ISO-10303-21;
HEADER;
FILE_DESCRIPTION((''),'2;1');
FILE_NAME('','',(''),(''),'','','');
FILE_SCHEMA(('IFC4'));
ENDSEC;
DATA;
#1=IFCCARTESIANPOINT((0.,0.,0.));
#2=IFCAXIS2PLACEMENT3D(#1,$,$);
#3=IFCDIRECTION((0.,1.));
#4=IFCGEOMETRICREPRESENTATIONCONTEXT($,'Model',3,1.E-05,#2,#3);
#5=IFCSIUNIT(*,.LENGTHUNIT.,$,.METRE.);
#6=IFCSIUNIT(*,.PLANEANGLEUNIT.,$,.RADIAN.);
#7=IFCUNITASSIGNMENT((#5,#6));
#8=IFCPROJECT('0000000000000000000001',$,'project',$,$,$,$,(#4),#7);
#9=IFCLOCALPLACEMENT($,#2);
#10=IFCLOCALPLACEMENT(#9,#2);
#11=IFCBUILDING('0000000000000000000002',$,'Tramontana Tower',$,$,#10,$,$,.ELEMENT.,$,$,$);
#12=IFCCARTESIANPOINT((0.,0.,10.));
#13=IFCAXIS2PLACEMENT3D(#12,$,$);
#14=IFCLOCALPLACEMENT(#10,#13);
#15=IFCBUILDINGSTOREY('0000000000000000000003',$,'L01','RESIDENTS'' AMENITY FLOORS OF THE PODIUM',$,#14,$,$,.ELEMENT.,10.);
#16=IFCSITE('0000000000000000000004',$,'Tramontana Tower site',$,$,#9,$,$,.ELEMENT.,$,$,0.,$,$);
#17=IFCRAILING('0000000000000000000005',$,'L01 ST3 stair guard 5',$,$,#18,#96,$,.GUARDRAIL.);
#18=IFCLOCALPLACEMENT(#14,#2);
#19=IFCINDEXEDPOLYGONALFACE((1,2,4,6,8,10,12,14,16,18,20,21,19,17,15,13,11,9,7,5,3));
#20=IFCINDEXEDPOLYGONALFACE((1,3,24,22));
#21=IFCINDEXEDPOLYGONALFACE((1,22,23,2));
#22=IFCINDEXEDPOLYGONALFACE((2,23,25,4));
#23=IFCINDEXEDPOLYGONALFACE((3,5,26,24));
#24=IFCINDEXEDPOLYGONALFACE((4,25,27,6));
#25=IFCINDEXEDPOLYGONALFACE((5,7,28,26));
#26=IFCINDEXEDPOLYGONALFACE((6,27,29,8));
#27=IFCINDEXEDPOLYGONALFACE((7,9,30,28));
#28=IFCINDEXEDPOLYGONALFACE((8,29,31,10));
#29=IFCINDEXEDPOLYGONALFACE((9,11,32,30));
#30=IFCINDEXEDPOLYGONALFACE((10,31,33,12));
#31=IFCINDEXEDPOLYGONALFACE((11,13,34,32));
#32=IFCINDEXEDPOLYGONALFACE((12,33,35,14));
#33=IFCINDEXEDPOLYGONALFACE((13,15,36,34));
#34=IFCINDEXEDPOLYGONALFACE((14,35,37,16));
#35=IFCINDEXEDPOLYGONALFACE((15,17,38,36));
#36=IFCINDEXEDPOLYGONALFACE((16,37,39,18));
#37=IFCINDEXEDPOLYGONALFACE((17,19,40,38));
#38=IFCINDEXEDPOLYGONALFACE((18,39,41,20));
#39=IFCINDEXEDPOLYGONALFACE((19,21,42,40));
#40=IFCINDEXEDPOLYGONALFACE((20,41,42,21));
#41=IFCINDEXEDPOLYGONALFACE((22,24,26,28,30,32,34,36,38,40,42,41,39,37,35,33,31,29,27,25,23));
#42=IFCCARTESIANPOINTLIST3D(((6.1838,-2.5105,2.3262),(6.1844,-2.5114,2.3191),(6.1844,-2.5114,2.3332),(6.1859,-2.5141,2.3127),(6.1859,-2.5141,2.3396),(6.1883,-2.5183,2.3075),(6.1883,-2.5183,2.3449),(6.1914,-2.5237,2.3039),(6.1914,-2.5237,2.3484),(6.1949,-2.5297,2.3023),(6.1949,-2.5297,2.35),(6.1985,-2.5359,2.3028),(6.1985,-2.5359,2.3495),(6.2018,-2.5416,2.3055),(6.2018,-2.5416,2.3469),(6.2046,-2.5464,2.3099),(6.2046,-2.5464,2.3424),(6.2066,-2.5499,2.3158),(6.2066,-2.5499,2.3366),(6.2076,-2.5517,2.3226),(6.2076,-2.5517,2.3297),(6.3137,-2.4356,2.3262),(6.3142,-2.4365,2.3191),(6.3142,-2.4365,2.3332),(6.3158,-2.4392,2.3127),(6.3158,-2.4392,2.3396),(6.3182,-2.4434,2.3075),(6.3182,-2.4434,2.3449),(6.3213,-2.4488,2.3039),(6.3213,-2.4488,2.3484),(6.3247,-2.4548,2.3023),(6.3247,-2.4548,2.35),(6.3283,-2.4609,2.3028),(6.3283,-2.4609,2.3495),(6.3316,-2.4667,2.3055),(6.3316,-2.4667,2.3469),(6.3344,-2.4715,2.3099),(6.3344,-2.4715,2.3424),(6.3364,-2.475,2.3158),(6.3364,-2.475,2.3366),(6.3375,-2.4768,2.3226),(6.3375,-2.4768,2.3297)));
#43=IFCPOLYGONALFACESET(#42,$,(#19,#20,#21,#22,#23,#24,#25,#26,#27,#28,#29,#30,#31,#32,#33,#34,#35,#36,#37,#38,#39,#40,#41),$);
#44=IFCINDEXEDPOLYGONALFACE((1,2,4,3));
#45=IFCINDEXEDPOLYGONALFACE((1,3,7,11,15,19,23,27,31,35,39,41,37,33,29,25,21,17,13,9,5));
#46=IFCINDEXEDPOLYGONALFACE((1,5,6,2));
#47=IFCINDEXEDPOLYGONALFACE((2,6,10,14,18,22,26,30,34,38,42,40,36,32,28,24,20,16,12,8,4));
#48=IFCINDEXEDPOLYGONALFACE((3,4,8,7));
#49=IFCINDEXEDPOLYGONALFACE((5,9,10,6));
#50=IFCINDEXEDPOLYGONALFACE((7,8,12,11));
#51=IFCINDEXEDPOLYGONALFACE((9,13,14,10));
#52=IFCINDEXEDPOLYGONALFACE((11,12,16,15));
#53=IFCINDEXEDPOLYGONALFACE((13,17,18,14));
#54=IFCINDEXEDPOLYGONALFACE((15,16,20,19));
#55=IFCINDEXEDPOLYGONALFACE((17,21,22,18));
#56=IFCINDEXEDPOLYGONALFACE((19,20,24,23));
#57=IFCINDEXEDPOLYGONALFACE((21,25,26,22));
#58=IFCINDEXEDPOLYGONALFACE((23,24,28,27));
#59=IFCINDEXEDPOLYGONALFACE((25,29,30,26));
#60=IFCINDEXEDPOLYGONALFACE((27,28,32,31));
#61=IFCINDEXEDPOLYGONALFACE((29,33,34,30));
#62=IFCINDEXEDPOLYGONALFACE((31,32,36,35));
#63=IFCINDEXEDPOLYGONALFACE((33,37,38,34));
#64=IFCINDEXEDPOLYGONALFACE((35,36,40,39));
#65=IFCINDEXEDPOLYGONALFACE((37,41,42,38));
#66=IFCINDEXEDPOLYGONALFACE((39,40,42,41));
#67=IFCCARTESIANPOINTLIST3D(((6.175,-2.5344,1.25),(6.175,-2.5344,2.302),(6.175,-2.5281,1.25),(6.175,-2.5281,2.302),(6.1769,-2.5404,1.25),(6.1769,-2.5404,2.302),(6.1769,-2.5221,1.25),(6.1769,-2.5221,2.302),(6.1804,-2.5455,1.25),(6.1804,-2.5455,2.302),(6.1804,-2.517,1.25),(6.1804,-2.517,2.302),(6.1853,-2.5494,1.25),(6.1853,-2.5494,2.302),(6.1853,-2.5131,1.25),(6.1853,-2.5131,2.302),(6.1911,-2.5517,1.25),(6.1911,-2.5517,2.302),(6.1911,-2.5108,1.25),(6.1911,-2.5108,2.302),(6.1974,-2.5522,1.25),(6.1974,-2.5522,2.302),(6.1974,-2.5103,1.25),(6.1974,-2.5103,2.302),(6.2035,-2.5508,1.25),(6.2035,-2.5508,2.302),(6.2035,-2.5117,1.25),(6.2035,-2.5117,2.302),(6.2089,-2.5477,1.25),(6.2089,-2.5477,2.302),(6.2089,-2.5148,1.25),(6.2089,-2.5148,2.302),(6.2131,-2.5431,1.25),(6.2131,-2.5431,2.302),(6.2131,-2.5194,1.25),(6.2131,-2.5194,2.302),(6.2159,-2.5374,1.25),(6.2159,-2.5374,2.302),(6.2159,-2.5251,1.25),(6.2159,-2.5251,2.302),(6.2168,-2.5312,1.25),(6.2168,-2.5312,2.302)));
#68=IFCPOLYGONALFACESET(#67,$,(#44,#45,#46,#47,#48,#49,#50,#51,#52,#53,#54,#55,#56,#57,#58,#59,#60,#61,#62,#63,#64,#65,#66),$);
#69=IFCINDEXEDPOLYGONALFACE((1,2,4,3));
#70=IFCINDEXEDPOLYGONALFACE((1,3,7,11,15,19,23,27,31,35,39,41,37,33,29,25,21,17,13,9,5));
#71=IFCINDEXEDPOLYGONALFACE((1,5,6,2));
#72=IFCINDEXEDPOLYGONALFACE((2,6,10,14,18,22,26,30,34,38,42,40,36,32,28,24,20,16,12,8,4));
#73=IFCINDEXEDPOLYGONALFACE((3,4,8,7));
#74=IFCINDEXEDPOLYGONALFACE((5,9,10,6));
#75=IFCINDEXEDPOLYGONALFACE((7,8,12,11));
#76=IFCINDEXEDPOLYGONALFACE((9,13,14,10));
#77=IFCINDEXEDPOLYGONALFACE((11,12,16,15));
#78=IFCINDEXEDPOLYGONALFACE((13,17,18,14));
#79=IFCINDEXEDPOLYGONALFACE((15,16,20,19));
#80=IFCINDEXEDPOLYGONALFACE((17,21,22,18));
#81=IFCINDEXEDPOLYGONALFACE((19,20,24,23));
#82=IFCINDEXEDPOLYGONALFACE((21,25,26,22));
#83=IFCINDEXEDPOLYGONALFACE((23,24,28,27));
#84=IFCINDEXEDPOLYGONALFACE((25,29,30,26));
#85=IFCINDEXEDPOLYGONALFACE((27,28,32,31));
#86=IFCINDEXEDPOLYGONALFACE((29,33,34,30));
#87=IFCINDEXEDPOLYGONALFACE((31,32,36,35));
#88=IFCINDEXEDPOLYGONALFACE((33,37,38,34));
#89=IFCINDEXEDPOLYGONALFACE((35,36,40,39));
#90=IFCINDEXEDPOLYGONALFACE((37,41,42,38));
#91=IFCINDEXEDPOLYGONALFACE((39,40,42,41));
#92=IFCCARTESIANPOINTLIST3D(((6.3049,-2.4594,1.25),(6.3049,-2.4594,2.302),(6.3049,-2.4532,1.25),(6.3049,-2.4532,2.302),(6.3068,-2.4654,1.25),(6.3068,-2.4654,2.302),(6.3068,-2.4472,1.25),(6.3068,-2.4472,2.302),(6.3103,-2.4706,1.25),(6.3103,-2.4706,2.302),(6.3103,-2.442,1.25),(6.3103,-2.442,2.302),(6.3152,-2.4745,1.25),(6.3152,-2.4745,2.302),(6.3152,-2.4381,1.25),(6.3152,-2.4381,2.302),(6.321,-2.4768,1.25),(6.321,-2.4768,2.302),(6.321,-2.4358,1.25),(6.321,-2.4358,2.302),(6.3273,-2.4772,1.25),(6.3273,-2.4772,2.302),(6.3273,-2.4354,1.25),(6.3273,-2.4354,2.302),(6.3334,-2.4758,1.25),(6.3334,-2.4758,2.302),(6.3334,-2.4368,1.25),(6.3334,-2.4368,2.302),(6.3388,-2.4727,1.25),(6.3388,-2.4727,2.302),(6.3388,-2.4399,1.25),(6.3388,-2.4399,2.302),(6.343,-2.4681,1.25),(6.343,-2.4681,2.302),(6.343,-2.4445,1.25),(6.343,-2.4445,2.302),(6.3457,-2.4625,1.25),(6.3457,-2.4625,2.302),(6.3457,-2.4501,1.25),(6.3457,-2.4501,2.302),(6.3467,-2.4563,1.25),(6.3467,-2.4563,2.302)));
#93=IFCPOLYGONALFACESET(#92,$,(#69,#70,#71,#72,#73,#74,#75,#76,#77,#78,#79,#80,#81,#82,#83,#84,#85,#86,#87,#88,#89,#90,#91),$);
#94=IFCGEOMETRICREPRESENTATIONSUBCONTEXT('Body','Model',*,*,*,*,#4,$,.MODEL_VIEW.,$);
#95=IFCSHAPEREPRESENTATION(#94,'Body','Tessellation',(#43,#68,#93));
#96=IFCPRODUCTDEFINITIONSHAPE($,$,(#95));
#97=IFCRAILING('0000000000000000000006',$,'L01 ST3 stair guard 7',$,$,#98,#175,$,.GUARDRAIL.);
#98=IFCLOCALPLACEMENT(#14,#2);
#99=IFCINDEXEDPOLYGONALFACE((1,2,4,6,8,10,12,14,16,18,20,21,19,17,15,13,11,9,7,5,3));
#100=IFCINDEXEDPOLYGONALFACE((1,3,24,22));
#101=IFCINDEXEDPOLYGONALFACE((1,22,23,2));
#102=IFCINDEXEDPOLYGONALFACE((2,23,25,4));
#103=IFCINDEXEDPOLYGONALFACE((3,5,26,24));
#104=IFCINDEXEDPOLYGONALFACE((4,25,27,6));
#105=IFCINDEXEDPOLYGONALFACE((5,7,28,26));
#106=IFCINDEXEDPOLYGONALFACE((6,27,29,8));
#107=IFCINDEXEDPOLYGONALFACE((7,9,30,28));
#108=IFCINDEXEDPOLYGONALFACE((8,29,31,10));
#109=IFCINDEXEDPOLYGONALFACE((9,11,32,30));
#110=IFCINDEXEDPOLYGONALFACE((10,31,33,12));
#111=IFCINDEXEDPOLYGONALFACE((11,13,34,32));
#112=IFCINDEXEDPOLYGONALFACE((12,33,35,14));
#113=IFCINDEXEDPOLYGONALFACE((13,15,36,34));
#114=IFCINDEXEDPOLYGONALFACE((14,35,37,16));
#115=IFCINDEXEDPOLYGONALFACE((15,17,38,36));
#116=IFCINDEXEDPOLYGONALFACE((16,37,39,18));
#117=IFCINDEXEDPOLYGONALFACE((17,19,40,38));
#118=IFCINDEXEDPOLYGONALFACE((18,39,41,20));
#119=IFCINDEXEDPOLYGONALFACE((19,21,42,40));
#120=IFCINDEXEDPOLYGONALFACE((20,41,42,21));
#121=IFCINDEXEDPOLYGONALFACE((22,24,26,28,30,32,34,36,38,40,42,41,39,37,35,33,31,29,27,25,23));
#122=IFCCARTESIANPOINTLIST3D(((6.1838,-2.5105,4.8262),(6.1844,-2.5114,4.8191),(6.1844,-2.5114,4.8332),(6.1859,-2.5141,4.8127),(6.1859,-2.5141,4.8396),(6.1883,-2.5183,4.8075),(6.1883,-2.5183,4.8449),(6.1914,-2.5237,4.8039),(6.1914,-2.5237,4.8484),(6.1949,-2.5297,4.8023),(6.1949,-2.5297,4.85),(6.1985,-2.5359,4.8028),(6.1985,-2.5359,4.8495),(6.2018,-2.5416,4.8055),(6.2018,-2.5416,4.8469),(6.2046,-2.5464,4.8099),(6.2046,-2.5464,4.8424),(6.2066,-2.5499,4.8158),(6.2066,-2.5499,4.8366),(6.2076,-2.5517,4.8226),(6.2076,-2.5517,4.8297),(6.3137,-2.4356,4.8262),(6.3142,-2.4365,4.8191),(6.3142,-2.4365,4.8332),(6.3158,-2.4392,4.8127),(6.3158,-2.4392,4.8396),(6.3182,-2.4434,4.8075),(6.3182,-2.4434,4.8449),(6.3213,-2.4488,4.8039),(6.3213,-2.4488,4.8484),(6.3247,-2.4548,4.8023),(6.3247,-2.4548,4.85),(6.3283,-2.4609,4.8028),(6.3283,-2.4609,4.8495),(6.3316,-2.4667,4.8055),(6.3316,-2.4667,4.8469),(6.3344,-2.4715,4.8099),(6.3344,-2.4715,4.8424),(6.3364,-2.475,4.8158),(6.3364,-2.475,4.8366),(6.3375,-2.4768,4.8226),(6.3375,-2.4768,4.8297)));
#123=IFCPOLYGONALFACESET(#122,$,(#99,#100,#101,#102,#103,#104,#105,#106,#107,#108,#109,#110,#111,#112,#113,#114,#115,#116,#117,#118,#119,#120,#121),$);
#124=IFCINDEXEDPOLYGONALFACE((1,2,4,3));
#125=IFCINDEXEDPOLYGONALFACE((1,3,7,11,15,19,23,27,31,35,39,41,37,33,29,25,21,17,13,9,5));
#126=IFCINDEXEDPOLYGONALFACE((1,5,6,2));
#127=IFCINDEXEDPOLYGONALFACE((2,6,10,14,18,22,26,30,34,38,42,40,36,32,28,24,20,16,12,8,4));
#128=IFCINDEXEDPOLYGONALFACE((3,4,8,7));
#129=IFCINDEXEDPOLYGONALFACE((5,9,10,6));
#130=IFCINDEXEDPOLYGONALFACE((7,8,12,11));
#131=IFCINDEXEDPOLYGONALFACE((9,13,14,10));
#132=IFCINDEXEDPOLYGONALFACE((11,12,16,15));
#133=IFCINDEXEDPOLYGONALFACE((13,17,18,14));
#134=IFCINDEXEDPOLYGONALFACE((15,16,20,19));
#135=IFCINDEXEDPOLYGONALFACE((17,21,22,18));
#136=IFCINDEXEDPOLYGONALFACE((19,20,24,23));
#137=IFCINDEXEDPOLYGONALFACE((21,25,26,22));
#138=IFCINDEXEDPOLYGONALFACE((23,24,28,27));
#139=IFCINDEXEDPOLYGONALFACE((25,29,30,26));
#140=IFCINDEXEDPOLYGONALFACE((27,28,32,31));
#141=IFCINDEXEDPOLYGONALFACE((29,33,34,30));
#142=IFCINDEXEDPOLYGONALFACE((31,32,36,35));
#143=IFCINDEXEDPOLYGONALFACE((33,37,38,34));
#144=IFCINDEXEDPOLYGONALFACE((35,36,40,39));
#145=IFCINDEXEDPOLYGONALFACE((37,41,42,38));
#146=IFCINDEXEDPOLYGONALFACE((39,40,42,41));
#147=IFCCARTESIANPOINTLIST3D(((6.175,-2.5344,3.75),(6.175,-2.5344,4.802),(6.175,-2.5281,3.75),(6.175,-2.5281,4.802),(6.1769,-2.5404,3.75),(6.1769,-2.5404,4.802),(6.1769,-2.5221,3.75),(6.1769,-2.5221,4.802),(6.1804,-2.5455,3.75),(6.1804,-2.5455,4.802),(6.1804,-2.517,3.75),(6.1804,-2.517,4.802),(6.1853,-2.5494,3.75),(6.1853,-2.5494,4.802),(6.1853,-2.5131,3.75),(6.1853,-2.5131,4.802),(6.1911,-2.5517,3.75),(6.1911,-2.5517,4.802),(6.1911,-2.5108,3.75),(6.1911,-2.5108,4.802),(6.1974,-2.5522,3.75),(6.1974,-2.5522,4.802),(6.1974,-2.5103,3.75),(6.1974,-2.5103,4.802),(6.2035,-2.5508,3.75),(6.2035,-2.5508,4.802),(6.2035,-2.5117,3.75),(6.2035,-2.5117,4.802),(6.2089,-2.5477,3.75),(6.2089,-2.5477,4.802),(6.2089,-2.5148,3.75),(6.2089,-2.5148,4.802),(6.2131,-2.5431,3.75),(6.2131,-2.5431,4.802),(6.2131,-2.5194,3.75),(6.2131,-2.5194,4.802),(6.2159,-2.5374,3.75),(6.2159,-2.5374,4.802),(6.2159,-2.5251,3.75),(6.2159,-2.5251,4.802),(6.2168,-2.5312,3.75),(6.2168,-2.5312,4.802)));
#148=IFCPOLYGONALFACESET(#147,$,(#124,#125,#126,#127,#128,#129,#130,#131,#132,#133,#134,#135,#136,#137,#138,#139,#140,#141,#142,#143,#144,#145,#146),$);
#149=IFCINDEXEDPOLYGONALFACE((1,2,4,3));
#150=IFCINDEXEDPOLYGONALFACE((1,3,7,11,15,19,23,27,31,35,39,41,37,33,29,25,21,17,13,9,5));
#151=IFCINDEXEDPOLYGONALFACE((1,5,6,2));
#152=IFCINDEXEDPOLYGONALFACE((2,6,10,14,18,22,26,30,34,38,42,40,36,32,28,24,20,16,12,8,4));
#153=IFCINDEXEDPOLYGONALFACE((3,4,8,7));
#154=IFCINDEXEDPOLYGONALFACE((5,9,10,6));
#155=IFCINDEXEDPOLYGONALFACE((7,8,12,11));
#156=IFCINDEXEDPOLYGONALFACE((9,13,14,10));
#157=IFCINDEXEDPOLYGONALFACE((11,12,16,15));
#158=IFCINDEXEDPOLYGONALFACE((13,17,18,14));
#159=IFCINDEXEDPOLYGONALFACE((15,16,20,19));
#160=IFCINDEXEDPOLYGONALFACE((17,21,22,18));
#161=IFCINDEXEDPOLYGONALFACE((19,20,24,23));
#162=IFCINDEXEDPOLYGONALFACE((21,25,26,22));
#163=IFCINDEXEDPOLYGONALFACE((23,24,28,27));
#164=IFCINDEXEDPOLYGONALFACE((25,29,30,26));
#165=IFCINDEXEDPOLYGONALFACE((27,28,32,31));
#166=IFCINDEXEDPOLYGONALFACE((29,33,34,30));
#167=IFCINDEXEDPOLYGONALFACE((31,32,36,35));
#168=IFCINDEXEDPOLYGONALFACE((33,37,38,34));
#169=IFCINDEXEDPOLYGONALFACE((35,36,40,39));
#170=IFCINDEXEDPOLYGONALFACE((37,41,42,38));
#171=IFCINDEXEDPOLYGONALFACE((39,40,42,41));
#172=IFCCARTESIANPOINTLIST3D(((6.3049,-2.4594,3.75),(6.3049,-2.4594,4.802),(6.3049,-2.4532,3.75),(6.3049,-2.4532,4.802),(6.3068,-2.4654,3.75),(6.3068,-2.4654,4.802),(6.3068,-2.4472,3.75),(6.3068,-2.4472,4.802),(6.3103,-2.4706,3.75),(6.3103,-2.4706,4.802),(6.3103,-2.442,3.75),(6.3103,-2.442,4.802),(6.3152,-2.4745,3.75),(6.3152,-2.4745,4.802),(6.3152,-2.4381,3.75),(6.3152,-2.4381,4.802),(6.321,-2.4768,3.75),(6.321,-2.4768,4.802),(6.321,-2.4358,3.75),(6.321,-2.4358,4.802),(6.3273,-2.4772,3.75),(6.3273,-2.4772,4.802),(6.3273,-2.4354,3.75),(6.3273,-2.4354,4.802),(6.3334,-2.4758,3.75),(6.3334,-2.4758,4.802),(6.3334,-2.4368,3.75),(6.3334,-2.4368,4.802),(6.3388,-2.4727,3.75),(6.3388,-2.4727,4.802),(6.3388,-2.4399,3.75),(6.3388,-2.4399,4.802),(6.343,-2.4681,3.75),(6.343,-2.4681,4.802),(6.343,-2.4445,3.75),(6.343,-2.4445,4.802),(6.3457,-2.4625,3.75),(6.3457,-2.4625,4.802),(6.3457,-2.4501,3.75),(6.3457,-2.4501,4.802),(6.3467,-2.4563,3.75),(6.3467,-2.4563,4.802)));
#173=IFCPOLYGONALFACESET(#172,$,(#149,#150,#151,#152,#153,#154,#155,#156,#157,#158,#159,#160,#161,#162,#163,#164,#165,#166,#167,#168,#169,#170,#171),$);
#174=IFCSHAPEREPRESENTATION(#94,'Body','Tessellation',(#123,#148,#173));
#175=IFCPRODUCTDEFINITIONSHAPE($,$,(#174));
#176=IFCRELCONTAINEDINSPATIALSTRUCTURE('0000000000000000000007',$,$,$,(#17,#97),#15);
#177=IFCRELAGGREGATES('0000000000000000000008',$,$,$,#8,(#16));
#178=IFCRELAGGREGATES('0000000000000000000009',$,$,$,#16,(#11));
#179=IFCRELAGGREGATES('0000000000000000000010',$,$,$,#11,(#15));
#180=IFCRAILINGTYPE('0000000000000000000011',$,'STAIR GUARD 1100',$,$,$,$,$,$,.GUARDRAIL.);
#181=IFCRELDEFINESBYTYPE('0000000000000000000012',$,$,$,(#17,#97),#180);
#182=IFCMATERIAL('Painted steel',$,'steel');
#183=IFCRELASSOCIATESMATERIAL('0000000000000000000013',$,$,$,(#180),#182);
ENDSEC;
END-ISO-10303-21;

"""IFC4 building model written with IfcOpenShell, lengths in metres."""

from ifc_helpers import new_model, si_unit, direction, frame, origin, origin_2d, place, context, subcontext, project, spatial, circle, extrude, material, type_object, element, save


model = new_model("IFC4")

# Units and contexts
model_context = context("Model", 3, precision=1e-05, world=origin(), true_north=direction((0.0, 1.0)))
body_context = subcontext(model_context, "Body", "Model", "MODEL_VIEW")
ifc_project = project(units=[si_unit("LENGTHUNIT", "METRE"), si_unit("PLANEANGLEUNIT", "RADIAN")], contexts=[model_context])

# Site, building, storey
site_placement = place(None, origin())
site = spatial("IfcSite", under=ifc_project, at=site_placement, Name="Tramontana Tower site", CompositionType="ELEMENT", RefElevation=0.0)
building_placement = place(site_placement, origin())
building = spatial("IfcBuilding", under=site, at=building_placement, Name="Tramontana Tower", CompositionType="ELEMENT")
storey_placement = place(building_placement, frame((0.0, 0.0, 10.0)))
storey = spatial("IfcBuildingStorey", under=building, at=storey_placement, Name="L01", Description="RESIDENTS' AMENITY FLOORS OF THE PODIUM", CompositionType="ELEMENT", Elevation=10.0)

# Railings
ifc_material_1 = material(Name="Painted steel", Category="steel")
railing_type_1 = type_object("IfcRailingType", Name="STAIR GUARD 1100", PredefinedType="GUARDRAIL", material=ifc_material_1)
for number, where, name in (
    (1, (6.1958, -2.5312, 1.25), "L01 ST3 stair guard 5"),
    (2, (6.1958, -2.5312, 3.75), "L01 ST3 stair guard 7"),
):
    element("IfcRailing", number, at=place(storey_placement, frame(where)), inside=storey, type_object=railing_type_1, Name=name, PredefinedType="GUARDRAIL", context=body_context, shape_type="SweptSolid", body=[
        extrude(circle(Radius=0.0239, at=origin_2d()), frame((0.0, 0.0, 1.0762), z_axis=(0.866131, 0.499816, 0.0), x_axis=(-0.499816, 0.866131, 0.0)), (0.0, 0.0, 1.0), 0.1499),
        extrude(circle(Radius=0.021, at=origin_2d()), origin(), (0.0, 0.0, 1.0), 1.052),
        extrude(circle(Radius=0.021, at=origin_2d()), frame((0.1299, 0.075, 0.0)), (0.0, 0.0, 1.0), 1.052),
    ])

save(model, "model.ifc")
